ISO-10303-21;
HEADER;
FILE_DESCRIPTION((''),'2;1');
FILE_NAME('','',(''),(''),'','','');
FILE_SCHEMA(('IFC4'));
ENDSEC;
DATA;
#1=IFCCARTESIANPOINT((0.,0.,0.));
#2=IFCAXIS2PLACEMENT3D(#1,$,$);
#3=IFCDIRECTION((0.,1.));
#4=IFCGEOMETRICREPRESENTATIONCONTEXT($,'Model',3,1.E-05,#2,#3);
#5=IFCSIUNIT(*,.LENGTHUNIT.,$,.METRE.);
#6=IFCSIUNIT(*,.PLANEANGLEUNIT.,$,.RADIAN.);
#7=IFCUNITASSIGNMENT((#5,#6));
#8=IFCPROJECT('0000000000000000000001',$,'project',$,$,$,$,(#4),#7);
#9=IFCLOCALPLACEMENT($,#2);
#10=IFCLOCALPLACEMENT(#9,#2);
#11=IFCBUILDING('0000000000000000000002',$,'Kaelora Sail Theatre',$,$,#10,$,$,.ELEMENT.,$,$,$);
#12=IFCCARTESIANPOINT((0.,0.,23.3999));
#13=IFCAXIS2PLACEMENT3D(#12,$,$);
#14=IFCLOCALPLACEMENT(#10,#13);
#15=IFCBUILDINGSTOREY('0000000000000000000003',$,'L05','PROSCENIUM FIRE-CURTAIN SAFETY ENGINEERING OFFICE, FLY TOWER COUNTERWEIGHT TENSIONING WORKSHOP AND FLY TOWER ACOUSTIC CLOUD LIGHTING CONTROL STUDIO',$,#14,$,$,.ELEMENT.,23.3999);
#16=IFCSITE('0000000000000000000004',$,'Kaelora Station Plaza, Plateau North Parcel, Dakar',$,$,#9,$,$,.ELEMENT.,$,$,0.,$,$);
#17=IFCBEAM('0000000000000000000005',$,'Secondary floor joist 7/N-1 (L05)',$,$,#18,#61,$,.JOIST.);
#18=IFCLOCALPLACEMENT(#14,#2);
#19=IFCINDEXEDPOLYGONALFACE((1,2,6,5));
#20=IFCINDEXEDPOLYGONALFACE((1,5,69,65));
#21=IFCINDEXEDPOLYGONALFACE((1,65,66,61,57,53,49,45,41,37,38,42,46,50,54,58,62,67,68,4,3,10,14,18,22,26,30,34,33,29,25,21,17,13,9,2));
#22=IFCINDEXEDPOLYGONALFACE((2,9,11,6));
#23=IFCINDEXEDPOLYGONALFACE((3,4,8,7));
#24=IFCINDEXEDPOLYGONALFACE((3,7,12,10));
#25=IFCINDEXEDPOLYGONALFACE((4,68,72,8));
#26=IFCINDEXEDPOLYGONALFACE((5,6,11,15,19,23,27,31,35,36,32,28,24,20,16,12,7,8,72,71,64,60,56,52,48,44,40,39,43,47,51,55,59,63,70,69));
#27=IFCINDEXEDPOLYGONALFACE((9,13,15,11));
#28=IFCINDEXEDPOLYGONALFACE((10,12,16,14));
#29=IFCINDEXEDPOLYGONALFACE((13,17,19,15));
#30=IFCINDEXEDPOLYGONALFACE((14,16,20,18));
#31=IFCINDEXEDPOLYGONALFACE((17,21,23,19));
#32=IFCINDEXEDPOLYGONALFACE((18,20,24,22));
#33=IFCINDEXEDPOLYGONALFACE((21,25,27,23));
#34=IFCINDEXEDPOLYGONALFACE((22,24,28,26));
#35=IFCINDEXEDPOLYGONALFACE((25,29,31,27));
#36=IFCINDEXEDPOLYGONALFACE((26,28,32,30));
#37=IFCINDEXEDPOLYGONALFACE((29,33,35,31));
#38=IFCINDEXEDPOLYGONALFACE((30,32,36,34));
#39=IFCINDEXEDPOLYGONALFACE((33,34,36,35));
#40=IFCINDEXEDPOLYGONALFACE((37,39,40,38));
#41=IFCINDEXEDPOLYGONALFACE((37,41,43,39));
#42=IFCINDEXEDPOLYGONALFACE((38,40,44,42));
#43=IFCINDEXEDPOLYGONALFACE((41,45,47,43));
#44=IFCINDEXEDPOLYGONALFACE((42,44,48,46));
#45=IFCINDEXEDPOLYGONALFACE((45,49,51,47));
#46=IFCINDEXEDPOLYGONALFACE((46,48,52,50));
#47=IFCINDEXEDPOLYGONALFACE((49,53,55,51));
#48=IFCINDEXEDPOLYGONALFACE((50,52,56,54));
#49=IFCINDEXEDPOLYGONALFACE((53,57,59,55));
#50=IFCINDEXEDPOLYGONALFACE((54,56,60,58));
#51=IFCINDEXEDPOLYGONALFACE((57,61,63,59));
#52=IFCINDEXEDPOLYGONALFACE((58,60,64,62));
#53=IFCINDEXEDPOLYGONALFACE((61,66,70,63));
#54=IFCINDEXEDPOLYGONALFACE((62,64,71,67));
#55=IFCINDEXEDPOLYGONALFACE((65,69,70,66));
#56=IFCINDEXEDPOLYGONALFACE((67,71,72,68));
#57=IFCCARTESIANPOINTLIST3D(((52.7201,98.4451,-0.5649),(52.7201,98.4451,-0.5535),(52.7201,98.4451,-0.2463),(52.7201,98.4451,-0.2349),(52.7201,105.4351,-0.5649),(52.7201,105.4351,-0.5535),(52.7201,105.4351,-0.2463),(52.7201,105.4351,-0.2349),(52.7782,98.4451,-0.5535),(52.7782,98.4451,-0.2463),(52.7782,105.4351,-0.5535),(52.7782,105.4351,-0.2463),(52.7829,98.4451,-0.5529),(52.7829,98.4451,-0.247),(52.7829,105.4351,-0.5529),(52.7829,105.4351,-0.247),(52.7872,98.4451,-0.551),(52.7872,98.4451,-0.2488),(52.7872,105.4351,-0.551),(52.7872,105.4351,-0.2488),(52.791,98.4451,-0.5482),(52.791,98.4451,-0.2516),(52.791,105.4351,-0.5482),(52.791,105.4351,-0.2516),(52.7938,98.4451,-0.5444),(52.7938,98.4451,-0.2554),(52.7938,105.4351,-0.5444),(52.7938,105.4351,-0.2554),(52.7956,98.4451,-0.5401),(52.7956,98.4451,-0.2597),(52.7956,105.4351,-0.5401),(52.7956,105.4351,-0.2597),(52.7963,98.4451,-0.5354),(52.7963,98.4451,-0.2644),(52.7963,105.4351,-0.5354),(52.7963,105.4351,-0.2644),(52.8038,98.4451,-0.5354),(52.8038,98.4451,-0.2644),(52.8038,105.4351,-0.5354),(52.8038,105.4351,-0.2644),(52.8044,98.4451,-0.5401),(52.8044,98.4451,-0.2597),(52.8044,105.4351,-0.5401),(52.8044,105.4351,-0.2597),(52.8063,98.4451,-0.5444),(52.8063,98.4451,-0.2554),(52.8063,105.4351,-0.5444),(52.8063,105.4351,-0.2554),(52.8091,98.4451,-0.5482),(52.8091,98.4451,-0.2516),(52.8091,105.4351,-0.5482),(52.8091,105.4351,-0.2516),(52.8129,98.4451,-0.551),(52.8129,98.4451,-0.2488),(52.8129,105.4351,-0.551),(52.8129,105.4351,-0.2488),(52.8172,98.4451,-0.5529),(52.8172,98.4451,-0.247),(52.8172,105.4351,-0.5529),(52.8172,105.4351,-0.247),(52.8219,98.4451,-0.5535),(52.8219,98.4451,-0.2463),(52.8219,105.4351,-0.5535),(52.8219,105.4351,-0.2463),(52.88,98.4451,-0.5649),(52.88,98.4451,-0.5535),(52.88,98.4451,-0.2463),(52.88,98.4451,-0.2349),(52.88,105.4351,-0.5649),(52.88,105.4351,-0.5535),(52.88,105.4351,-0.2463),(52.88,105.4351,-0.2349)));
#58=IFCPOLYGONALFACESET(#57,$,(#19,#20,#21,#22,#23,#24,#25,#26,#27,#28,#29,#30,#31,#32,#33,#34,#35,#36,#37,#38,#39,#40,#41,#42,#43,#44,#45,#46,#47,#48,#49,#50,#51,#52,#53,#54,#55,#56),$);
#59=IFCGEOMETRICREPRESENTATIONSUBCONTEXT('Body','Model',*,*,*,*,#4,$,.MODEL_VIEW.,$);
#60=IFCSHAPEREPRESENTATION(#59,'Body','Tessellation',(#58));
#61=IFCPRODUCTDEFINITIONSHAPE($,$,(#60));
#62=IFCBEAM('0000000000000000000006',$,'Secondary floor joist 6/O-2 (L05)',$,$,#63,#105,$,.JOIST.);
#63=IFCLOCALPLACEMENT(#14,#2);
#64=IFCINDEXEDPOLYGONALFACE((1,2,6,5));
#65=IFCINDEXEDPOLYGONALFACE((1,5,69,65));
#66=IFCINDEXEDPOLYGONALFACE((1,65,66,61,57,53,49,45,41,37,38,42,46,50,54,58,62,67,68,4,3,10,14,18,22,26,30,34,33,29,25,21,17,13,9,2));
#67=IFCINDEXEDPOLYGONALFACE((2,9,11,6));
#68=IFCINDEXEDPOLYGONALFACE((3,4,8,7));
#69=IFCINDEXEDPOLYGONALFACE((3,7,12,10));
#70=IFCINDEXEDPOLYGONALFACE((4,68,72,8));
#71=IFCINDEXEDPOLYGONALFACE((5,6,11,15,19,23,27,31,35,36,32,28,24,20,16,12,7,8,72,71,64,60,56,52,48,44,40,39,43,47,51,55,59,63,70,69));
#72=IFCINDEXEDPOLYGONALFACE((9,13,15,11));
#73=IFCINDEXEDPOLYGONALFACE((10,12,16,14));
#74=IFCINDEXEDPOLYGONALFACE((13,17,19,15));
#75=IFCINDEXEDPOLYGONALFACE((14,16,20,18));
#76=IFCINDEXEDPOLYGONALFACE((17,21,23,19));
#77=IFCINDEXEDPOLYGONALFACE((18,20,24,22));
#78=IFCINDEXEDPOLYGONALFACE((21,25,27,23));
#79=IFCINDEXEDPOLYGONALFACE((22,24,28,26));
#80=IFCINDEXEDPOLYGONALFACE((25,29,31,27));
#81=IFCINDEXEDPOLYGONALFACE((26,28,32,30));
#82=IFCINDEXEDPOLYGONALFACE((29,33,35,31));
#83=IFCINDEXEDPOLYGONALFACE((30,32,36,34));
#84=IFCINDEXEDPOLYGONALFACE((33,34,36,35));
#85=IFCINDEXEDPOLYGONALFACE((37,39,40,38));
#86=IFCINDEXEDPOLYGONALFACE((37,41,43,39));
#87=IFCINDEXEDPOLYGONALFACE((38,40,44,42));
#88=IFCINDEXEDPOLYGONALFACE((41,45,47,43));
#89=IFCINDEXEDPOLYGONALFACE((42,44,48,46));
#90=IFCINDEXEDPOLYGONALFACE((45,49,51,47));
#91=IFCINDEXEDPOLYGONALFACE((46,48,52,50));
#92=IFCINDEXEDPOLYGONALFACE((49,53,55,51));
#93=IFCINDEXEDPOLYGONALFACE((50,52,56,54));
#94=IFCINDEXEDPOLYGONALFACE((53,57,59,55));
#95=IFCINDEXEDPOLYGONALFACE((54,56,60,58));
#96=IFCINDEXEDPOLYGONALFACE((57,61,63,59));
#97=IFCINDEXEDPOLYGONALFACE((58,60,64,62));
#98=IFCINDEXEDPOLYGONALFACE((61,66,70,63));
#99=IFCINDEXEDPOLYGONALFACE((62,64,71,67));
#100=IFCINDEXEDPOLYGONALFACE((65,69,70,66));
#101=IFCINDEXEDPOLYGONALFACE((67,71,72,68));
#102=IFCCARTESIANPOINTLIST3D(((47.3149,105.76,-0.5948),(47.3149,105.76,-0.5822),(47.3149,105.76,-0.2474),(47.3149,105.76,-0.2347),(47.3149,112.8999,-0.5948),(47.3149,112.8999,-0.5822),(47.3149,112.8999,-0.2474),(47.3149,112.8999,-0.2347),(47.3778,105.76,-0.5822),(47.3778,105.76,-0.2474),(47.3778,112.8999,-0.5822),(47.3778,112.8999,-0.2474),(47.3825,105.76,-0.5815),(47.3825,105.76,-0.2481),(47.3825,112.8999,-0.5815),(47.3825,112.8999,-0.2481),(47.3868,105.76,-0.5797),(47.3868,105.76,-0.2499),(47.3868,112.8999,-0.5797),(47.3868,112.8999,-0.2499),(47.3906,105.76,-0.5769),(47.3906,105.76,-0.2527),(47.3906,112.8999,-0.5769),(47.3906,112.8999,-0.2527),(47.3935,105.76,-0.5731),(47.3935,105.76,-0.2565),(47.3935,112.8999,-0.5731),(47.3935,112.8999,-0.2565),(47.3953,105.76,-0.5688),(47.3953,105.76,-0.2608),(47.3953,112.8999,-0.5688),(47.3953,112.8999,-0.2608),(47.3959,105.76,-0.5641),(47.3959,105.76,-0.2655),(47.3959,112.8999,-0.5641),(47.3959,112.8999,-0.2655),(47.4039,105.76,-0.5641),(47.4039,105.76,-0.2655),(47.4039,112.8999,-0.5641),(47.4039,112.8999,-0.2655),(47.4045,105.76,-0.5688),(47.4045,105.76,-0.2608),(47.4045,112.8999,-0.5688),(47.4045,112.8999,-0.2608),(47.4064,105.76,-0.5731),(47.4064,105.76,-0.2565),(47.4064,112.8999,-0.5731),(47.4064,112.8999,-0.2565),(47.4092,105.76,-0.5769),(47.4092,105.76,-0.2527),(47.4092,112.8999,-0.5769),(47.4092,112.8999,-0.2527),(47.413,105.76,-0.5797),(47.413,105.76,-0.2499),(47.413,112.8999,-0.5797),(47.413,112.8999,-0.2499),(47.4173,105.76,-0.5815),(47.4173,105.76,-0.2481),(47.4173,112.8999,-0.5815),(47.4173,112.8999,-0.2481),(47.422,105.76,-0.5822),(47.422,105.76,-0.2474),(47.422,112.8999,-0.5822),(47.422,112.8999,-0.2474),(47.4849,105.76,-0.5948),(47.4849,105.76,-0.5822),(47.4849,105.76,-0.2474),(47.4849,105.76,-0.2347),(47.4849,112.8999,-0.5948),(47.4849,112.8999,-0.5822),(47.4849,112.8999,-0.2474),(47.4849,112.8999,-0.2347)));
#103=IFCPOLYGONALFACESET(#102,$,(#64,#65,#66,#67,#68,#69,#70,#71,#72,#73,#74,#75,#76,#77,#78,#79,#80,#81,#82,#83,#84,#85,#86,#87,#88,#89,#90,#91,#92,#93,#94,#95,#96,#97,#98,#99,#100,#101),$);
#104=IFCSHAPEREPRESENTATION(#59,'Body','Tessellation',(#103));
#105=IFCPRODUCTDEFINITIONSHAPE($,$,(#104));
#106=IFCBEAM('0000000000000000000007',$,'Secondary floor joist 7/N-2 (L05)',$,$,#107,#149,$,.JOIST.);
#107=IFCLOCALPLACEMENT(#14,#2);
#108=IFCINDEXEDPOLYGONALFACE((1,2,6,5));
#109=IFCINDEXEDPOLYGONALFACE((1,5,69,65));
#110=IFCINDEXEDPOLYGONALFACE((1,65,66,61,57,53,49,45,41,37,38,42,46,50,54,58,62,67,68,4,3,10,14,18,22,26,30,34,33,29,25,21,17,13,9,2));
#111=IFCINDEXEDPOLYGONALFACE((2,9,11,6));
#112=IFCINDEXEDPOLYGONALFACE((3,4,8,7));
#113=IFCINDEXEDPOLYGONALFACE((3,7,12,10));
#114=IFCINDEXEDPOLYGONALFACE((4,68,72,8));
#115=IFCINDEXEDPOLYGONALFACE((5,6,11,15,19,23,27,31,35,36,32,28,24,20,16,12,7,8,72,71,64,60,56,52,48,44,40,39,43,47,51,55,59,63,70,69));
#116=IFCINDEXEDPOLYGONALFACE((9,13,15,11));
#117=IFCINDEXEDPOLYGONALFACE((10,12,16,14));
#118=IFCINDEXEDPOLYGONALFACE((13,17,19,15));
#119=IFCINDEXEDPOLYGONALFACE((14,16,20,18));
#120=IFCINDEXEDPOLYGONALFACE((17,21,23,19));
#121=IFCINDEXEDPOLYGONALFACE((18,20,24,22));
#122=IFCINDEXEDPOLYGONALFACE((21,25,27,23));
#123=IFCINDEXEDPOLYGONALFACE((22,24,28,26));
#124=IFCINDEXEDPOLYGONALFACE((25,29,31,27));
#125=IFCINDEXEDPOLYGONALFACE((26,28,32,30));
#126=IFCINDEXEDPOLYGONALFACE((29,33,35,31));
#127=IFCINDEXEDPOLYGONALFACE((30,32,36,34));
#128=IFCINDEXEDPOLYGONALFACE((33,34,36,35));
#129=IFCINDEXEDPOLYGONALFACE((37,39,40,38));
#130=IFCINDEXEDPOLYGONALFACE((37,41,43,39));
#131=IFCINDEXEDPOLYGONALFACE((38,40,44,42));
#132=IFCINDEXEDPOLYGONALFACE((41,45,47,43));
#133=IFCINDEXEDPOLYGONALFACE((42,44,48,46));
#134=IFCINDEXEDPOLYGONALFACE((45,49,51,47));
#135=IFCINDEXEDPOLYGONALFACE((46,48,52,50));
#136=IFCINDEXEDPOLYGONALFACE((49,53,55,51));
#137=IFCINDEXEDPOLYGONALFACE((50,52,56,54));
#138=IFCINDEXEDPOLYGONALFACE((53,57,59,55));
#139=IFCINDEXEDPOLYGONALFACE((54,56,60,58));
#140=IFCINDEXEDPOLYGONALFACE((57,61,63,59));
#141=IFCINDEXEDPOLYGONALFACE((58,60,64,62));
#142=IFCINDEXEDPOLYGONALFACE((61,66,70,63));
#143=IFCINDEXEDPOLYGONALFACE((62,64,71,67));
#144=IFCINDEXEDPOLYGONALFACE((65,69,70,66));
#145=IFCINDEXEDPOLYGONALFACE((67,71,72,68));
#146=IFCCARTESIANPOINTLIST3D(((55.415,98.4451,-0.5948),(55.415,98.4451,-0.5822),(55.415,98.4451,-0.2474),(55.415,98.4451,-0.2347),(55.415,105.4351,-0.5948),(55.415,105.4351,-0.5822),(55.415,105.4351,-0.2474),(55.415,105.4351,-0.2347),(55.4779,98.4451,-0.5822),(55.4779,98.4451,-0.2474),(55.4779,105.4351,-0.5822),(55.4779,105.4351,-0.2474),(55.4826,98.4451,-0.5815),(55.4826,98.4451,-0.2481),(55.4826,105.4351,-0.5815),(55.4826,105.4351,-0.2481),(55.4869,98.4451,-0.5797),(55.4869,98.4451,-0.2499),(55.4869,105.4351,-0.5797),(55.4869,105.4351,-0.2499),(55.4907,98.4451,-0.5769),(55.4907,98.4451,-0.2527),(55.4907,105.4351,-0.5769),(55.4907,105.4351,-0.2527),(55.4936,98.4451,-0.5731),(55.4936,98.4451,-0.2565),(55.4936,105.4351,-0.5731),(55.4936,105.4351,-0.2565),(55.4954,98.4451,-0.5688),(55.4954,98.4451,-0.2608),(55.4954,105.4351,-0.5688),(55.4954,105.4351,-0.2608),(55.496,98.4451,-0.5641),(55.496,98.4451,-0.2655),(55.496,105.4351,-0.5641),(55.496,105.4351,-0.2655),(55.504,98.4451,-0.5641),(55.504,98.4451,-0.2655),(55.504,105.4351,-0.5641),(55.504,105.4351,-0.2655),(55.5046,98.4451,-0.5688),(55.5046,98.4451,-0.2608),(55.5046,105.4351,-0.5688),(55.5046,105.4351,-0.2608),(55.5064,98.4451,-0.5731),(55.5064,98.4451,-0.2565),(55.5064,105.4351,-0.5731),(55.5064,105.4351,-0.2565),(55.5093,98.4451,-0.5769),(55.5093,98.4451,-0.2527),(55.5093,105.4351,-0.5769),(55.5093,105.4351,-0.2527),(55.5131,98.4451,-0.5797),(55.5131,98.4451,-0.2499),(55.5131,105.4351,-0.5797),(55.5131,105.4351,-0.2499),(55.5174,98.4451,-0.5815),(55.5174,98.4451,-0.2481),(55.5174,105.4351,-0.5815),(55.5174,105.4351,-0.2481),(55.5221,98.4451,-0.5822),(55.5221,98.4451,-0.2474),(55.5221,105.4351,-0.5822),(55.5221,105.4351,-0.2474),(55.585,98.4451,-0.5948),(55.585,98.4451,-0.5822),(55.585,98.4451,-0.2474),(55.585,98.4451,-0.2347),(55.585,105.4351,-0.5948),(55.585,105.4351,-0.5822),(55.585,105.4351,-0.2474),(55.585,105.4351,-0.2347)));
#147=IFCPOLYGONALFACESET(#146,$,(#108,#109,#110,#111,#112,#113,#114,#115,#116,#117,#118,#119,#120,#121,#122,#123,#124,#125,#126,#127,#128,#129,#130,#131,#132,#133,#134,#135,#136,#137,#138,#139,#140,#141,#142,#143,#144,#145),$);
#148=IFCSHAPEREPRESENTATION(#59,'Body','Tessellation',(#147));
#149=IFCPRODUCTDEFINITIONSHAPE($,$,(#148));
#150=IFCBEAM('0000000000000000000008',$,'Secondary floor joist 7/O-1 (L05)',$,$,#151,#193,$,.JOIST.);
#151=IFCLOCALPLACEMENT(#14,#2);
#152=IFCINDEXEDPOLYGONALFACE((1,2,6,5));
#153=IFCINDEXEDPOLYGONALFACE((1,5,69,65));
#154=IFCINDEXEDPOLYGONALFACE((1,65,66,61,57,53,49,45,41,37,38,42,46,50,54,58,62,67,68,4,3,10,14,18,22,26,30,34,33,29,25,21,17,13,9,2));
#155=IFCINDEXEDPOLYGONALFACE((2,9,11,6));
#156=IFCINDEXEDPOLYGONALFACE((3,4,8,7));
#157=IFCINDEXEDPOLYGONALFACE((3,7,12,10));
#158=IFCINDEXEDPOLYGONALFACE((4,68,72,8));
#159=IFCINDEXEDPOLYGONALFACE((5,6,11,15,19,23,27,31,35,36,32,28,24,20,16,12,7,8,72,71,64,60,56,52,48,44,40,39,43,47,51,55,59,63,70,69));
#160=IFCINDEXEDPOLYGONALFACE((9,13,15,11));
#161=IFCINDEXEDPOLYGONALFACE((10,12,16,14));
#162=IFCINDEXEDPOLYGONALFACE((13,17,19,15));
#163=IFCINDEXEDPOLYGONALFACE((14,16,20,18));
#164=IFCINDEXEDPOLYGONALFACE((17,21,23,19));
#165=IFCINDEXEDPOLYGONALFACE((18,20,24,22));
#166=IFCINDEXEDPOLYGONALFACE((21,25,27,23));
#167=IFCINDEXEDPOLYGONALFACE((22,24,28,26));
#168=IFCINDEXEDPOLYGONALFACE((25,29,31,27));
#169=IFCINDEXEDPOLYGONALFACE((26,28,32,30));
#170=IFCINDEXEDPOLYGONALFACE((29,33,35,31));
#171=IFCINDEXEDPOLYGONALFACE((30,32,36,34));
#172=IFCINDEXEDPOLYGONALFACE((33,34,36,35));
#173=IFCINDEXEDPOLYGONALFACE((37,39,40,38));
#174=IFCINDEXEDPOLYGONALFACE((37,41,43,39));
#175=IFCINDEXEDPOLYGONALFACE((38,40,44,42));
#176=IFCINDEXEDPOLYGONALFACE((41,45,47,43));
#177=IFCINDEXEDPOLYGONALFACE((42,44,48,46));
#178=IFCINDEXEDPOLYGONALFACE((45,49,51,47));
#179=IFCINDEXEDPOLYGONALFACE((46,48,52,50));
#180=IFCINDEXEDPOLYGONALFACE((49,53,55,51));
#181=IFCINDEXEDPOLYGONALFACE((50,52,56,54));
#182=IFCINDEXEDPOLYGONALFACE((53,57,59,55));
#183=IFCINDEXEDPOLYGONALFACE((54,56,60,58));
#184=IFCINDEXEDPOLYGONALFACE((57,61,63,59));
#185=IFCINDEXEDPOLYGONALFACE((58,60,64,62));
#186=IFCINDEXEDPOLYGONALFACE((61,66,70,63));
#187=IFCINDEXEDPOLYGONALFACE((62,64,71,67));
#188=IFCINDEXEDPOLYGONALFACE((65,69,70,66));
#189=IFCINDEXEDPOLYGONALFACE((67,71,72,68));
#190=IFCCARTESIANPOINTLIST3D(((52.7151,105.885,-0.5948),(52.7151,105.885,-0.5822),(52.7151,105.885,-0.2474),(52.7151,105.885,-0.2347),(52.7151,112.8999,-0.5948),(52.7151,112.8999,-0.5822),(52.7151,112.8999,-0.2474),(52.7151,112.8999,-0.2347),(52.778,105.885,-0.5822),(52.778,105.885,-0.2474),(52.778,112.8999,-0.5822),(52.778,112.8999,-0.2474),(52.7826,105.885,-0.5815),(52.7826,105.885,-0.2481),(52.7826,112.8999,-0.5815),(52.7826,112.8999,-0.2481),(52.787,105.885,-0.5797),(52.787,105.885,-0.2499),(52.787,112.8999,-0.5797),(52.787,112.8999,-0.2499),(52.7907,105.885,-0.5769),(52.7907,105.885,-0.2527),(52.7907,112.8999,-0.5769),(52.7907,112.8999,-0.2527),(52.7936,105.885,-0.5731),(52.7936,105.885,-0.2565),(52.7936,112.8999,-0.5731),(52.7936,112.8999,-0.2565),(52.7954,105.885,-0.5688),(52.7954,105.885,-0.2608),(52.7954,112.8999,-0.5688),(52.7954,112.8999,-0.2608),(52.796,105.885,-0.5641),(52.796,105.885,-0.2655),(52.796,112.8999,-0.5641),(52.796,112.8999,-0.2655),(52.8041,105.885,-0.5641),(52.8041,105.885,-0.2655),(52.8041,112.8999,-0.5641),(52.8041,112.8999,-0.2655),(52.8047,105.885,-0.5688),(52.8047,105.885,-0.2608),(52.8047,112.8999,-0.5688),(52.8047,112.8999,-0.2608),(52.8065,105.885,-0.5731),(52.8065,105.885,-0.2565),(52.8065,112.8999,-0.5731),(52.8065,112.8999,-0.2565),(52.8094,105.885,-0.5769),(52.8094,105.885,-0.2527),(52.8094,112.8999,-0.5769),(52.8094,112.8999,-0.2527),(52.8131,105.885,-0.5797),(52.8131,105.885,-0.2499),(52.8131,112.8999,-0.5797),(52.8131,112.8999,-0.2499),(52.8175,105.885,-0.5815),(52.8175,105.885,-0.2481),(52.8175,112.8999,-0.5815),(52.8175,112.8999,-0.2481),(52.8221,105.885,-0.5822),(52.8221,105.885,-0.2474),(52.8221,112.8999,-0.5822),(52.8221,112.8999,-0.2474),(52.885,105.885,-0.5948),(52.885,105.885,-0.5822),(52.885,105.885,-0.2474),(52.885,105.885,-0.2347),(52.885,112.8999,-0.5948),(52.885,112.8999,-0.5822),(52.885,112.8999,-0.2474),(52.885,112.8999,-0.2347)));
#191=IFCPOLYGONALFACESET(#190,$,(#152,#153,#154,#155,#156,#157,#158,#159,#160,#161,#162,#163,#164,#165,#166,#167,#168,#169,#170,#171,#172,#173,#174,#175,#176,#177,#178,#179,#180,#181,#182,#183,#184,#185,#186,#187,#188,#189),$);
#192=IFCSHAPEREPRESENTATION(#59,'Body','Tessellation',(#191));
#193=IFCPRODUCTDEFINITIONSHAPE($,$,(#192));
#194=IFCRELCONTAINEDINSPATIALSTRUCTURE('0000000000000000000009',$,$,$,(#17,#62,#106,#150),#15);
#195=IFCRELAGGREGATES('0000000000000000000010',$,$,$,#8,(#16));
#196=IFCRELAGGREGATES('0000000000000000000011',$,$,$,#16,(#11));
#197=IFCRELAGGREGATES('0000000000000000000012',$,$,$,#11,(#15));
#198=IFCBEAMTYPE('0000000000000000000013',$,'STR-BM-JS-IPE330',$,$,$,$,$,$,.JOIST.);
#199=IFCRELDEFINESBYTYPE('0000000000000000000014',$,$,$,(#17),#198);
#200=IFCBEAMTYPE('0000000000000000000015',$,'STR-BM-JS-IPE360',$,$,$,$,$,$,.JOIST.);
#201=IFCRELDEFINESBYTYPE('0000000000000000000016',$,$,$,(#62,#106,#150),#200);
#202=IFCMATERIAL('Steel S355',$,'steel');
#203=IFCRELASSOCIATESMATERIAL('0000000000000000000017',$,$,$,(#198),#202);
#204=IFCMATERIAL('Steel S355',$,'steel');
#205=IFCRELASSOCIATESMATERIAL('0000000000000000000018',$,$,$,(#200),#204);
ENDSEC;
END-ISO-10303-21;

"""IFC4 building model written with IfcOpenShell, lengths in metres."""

from ifc_helpers import new_model, si_unit, direction, frame, origin, origin_2d, place, context, subcontext, project, spatial, i_section, extrude, material, material_profile, profile_set, type_object, element, save


model = new_model("IFC4")

# Units and contexts
model_context = context("Model", 3, precision=1e-05, world=origin(), true_north=direction((0.0, 1.0)))
body_context = subcontext(model_context, "Body", "Model", "MODEL_VIEW")
ifc_project = project(units=[si_unit("LENGTHUNIT", "METRE"), si_unit("PLANEANGLEUNIT", "RADIAN")], contexts=[model_context])

# Site, building, storey
site_placement = place(None, origin())
site = spatial("IfcSite", under=ifc_project, at=site_placement, Name="Kaelora Station Plaza, Plateau North Parcel, Dakar", CompositionType="ELEMENT", RefElevation=0.0)
building_placement = place(site_placement, origin())
building = spatial("IfcBuilding", under=site, at=building_placement, Name="Kaelora Sail Theatre", CompositionType="ELEMENT")
storey_placement = place(building_placement, frame((0.0, 0.0, 23.3999)))
storey = spatial("IfcBuildingStorey", under=building, at=storey_placement, Name="L05", Description="PROSCENIUM FIRE-CURTAIN SAFETY ENGINEERING OFFICE, FLY TOWER COUNTERWEIGHT TENSIONING WORKSHOP AND FLY TOWER ACOUSTIC CLOUD LIGHTING CONTROL STUDIO", CompositionType="ELEMENT", Elevation=23.3999)

# Beams
ifc_material_1 = material(Name="Steel S355", Category="steel")
ifc_material_profile_1 = material_profile(ifc_material_1, i_section(OverallWidth=0.1599, OverallDepth=0.3301, WebThickness=0.0076, FlangeThickness=0.0115, FilletRadius=0.0181, at=origin_2d()), Name="IPE 330")
ifc_profile_set_1 = profile_set([ifc_material_profile_1], Name="Steel S355")
beam_type_1 = type_object("IfcBeamType", Name="STR-BM-JS-IPE330", PredefinedType="JOIST", material=ifc_profile_set_1)
beam_1_placement = place(storey_placement, frame((52.8, 98.4451, -0.3999), z_axis=(0.0, 1.0, 0.0), x_axis=(-1.0, 0.0, 0.0)))
element("IfcBeam", 1, at=beam_1_placement, inside=storey, type_object=beam_type_1, Name="Secondary floor joist 7/N-1 (L05)", PredefinedType="JOIST", context=body_context, shape_type="SweptSolid", body=[
    extrude(i_section(OverallWidth=0.1599, OverallDepth=0.3301, WebThickness=0.0076, FlangeThickness=0.0115, FilletRadius=0.0181, at=origin_2d()), origin(), (0.0, 0.0, 1.0), 6.99),
])
ifc_material_2 = material(Name="Steel S355", Category="steel")
ifc_material_profile_2 = material_profile(ifc_material_2, i_section(OverallWidth=0.1699, OverallDepth=0.3601, WebThickness=0.0081, FlangeThickness=0.0127, FilletRadius=0.0181, at=origin_2d()), Name="IPE 360")
ifc_profile_set_2 = profile_set([ifc_material_profile_2], Name="Steel S355")
beam_type_2 = type_object("IfcBeamType", Name="STR-BM-JS-IPE360", PredefinedType="JOIST", material=ifc_profile_set_2)
beam_2_placement = place(storey_placement, frame((47.3999, 105.76, -0.4148), z_axis=(0.0, 1.0, 0.0), x_axis=(-1.0, 0.0, 0.0)))
element("IfcBeam", 2, at=beam_2_placement, inside=storey, type_object=beam_type_2, Name="Secondary floor joist 6/O-2 (L05)", PredefinedType="JOIST", context=body_context, shape_type="SweptSolid", body=[
    extrude(i_section(OverallWidth=0.1699, OverallDepth=0.3601, WebThickness=0.0081, FlangeThickness=0.0127, FilletRadius=0.0181, at=origin_2d()), origin(), (0.0, 0.0, 1.0), 7.1399),
])
beam_3_placement = place(storey_placement, frame((55.5, 98.4451, -0.4148), z_axis=(0.0, 1.0, 0.0), x_axis=(-1.0, 0.0, 0.0)))
element("IfcBeam", 3, at=beam_3_placement, inside=storey, type_object=beam_type_2, Name="Secondary floor joist 7/N-2 (L05)", PredefinedType="JOIST", context=body_context, shape_type="SweptSolid", body=[
    extrude(i_section(OverallWidth=0.1699, OverallDepth=0.3601, WebThickness=0.0081, FlangeThickness=0.0127, FilletRadius=0.0181, at=origin_2d()), origin(), (0.0, 0.0, 1.0), 6.99),
])
beam_4_placement = place(storey_placement, frame((52.8, 105.885, -0.4148), z_axis=(0.0, 1.0, 0.0), x_axis=(-1.0, 0.0, 0.0)))
element("IfcBeam", 4, at=beam_4_placement, inside=storey, type_object=beam_type_2, Name="Secondary floor joist 7/O-1 (L05)", PredefinedType="JOIST", context=body_context, shape_type="SweptSolid", body=[
    extrude(i_section(OverallWidth=0.1699, OverallDepth=0.3601, WebThickness=0.0081, FlangeThickness=0.0127, FilletRadius=0.0181, at=origin_2d()), origin(), (0.0, 0.0, 1.0), 7.0149),
])

save(model, "model.ifc")
